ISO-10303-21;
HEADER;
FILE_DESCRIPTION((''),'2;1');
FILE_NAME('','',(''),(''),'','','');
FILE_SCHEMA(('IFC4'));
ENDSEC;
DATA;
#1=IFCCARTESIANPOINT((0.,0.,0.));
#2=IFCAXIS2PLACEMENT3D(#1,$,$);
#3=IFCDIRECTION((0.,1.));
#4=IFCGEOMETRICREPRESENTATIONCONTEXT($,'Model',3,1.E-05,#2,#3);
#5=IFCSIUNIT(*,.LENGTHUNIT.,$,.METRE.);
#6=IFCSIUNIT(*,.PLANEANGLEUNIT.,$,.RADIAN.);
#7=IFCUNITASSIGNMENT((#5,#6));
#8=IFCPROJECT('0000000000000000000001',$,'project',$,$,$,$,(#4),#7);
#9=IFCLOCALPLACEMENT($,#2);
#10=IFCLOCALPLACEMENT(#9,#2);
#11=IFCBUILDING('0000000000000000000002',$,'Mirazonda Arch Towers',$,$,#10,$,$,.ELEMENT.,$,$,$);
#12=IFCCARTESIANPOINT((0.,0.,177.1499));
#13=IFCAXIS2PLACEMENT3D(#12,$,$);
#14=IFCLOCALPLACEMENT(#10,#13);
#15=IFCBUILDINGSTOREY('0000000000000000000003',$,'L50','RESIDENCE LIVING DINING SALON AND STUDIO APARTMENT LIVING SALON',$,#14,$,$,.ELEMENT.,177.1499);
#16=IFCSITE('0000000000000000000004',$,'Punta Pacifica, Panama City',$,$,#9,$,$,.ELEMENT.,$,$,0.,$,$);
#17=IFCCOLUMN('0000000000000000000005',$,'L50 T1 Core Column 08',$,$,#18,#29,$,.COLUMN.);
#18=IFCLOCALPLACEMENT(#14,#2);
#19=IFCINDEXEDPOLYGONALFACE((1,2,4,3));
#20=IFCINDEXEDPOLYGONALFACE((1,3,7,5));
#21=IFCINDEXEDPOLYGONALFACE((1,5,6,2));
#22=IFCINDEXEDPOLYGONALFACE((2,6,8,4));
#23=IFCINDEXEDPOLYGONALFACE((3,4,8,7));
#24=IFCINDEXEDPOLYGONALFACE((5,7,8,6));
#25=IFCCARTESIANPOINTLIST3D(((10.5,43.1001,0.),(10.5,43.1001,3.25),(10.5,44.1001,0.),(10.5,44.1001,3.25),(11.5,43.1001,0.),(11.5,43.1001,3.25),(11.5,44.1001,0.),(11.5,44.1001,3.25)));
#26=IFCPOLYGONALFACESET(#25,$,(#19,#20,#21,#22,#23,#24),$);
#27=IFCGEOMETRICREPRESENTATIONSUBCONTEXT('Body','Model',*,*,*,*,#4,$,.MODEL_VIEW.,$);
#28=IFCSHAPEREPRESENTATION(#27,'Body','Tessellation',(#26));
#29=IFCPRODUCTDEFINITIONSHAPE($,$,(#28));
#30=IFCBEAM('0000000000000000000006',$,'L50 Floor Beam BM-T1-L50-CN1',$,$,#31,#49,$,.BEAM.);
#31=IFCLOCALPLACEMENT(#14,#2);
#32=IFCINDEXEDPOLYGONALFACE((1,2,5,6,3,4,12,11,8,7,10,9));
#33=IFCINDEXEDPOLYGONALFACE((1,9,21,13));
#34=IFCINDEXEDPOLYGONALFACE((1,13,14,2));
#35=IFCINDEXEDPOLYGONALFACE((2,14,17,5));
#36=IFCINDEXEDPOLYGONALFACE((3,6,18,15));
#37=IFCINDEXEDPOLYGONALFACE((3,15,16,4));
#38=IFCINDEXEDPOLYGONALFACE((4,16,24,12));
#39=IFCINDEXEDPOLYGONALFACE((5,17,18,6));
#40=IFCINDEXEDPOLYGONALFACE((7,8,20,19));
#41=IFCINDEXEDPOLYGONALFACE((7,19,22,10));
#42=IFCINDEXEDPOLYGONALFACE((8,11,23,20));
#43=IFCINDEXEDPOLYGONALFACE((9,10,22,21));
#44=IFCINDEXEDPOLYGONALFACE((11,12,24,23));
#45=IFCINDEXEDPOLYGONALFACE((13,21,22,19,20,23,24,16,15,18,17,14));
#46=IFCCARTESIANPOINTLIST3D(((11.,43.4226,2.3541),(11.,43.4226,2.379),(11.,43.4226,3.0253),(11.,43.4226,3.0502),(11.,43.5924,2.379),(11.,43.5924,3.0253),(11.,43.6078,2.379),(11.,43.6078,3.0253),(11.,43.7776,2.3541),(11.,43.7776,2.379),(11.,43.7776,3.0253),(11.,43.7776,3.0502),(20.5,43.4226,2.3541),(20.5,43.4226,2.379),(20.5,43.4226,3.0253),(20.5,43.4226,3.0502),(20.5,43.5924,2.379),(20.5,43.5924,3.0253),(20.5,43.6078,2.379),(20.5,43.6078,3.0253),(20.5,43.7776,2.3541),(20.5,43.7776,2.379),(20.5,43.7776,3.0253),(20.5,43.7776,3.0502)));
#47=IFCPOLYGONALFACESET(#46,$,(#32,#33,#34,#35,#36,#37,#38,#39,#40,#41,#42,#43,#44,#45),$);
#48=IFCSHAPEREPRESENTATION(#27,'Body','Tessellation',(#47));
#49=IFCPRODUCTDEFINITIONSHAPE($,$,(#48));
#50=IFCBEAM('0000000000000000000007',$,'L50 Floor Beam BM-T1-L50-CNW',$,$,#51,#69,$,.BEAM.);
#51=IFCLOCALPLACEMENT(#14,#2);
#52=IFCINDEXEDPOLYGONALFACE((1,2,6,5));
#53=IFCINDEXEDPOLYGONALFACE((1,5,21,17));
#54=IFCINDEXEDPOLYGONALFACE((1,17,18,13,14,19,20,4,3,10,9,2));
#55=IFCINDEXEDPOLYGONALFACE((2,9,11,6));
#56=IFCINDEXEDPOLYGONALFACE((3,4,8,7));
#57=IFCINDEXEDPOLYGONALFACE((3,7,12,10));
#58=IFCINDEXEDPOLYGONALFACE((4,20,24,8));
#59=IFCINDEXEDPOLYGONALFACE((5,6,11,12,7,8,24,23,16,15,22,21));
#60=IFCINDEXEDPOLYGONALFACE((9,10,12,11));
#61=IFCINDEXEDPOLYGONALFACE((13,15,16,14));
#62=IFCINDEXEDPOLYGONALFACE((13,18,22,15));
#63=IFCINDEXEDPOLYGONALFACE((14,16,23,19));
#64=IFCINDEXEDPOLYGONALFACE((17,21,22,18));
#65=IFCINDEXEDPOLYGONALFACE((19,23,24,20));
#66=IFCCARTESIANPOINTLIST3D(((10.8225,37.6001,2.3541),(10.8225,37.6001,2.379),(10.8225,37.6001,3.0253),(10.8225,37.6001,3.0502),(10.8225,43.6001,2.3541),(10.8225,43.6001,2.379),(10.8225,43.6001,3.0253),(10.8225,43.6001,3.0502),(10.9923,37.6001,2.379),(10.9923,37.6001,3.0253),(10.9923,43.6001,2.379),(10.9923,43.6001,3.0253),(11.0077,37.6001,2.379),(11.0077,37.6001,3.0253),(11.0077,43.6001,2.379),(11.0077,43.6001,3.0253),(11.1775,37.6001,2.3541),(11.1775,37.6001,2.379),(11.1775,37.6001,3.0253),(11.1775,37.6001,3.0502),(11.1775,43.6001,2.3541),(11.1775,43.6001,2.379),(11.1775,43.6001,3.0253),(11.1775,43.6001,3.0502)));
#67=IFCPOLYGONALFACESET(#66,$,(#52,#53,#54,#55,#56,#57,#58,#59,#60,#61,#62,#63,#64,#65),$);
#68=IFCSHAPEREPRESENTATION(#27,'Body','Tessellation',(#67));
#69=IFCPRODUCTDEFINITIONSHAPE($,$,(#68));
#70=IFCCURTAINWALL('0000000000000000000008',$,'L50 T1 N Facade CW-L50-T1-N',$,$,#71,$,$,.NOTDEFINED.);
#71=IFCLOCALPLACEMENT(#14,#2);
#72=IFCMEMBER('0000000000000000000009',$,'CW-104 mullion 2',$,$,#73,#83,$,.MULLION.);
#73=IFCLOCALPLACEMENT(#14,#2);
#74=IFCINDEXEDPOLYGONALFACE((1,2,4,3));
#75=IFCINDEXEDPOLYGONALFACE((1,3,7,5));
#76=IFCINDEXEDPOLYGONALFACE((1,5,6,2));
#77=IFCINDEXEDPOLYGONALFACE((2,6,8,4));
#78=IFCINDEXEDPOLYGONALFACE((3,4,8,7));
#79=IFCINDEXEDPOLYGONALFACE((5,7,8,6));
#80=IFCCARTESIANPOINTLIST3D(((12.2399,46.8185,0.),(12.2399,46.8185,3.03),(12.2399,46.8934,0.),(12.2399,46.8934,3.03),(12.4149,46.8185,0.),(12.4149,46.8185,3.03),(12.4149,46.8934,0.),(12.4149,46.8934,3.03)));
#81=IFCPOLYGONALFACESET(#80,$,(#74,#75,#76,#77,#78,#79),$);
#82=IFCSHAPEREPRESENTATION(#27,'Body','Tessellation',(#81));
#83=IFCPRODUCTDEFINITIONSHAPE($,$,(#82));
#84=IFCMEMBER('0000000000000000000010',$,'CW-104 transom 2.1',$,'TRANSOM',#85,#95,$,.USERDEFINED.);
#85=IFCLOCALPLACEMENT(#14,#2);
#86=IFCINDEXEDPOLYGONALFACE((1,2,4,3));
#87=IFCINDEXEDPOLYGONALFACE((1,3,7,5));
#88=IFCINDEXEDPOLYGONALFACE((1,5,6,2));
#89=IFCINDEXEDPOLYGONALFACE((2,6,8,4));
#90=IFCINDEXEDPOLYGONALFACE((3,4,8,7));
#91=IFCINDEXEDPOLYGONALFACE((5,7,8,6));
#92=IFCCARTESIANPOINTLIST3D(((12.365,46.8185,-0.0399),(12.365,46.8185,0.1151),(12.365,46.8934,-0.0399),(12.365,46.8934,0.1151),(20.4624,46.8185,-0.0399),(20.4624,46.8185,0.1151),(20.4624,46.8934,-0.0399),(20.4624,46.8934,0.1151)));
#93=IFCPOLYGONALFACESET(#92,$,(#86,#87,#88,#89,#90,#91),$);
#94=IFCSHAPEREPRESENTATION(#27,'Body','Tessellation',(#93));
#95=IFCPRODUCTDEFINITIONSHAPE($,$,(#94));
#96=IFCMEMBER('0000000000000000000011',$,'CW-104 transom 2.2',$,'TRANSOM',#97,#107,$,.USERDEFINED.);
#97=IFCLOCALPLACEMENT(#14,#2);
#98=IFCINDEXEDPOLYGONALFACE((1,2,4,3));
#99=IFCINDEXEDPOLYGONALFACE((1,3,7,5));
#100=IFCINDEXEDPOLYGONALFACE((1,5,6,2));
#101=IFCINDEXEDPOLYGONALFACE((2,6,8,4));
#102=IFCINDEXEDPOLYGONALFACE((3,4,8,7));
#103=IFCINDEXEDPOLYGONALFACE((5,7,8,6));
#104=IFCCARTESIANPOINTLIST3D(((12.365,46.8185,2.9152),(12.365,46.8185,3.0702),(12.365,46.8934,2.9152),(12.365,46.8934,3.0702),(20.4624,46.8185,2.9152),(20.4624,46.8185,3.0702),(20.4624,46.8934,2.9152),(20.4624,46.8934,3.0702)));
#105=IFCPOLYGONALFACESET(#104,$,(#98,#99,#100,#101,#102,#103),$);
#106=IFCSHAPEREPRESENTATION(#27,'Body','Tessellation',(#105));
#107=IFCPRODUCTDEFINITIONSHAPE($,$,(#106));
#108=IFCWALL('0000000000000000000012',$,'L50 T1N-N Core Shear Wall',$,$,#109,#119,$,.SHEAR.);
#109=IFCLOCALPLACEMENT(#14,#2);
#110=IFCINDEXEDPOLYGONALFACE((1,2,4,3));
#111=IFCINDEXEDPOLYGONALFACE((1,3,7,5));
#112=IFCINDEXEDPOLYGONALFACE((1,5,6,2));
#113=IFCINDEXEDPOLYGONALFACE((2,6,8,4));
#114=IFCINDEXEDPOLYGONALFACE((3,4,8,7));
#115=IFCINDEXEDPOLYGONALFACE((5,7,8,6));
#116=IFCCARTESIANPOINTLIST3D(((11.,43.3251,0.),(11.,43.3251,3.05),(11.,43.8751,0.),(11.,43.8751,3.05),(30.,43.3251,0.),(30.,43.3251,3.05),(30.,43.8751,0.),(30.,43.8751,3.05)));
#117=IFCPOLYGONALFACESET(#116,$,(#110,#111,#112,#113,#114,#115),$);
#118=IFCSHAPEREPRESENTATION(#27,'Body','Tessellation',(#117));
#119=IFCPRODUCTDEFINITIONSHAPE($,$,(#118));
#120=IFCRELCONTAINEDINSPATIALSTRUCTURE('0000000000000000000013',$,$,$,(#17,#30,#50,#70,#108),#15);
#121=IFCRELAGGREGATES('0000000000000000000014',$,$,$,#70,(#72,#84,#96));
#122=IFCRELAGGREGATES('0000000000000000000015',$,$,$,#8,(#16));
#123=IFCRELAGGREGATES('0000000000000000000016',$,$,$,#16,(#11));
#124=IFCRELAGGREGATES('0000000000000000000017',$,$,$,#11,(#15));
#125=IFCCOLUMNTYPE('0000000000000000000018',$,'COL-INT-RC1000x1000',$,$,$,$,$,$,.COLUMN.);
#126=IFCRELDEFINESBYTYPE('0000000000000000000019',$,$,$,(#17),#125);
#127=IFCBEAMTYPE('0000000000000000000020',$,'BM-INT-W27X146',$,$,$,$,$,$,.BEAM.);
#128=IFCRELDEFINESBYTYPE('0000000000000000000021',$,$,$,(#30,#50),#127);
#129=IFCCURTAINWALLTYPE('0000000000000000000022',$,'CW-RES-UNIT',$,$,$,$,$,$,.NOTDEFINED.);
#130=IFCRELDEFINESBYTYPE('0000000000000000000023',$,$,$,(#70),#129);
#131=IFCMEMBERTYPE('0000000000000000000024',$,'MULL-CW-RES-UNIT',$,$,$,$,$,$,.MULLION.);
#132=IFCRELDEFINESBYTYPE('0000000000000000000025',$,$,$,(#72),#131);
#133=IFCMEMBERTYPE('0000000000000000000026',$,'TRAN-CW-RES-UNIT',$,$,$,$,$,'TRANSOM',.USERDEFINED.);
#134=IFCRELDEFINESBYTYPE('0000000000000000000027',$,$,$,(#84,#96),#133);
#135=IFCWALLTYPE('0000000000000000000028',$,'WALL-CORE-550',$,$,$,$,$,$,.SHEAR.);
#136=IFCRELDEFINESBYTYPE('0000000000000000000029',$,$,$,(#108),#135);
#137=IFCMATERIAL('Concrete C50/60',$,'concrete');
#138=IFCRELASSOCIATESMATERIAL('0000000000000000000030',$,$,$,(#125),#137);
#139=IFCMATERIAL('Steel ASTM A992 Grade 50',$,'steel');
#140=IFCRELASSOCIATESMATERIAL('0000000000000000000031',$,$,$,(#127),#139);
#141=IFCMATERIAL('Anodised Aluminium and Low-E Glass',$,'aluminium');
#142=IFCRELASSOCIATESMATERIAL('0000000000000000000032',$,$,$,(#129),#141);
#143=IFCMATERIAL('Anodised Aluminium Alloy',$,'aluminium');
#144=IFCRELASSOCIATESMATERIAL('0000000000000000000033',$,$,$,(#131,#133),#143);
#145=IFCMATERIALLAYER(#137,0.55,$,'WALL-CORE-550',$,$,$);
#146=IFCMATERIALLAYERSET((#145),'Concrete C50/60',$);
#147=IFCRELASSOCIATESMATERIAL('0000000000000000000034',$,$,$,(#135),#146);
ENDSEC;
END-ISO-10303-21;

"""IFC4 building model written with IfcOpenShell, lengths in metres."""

from ifc_helpers import new_model, si_unit, direction, frame, frame_2d, origin, origin_2d, place, context, subcontext, project, spatial, rectangle, i_section, extrude, material, layer, layer_set, material_profile, profile_set, type_object, element, aggregate, save


model = new_model("IFC4")

# Units and contexts
model_context = context("Model", 3, precision=1e-05, world=origin(), true_north=direction((0.0, 1.0)))
body_context = subcontext(model_context, "Body", "Model", "MODEL_VIEW")
ifc_project = project(units=[si_unit("LENGTHUNIT", "METRE"), si_unit("PLANEANGLEUNIT", "RADIAN")], contexts=[model_context])

# Site, building, storey
site_placement = place(None, origin())
site = spatial("IfcSite", under=ifc_project, at=site_placement, Name="Punta Pacifica, Panama City", CompositionType="ELEMENT", RefElevation=0.0)
building_placement = place(site_placement, origin())
building = spatial("IfcBuilding", under=site, at=building_placement, Name="Mirazonda Arch Towers", CompositionType="ELEMENT")
storey_placement = place(building_placement, frame((0.0, 0.0, 177.1499)))
storey = spatial("IfcBuildingStorey", under=building, at=storey_placement, Name="L50", Description="RESIDENCE LIVING DINING SALON AND STUDIO APARTMENT LIVING SALON", CompositionType="ELEMENT", Elevation=177.1499)

# Column
ifc_material_1 = material(Name="Concrete C50/60", Category="concrete")
ifc_material_profile_1 = material_profile(ifc_material_1, rectangle(XDim=1.0, YDim=1.0, at=origin_2d()), Name="RC1000x1000")
ifc_profile_set_1 = profile_set([ifc_material_profile_1], Name="Concrete C50/60")
column_type = type_object("IfcColumnType", Name="COL-INT-RC1000x1000", PredefinedType="COLUMN", material=ifc_profile_set_1)
column_placement = place(storey_placement, frame((11.0, 43.6001, 0.0), z_axis=(0.0, 0.0, 1.0), x_axis=(1.0, 0.0, 0.0)))
element("IfcColumn", 1, at=column_placement, inside=storey, type_object=column_type, Name="L50 T1 Core Column 08", PredefinedType="COLUMN", context=body_context, shape_type="SweptSolid", body=[
    extrude(rectangle(XDim=1.0, YDim=1.0, at=origin_2d()), origin(), (0.0, 0.0, 1.0), 3.25),
])

# Beams
ifc_material_2 = material(Name="Steel ASTM A992 Grade 50", Category="steel")
ifc_material_profile_2 = material_profile(ifc_material_2, i_section(OverallWidth=0.355, OverallDepth=0.696, WebThickness=0.0154, FlangeThickness=0.0249, at=origin_2d()), Name="W27X146")
ifc_profile_set_2 = profile_set([ifc_material_profile_2], Name="Steel ASTM A992 Grade 50")
beam_type = type_object("IfcBeamType", Name="BM-INT-W27X146", PredefinedType="BEAM", material=ifc_profile_set_2)
beam_1_placement = place(storey_placement, frame((11.0, 43.6001, 2.7021), z_axis=(1.0, 0.0, 0.0), x_axis=(0.0, 1.0, 0.0)))
element("IfcBeam", 2, at=beam_1_placement, inside=storey, type_object=beam_type, Name="L50 Floor Beam BM-T1-L50-CN1", PredefinedType="BEAM", context=body_context, shape_type="SweptSolid", body=[
    extrude(i_section(OverallWidth=0.355, OverallDepth=0.696, WebThickness=0.0154, FlangeThickness=0.0249, at=origin_2d()), origin(), (0.0, 0.0, 1.0), 9.5),
])
beam_2_placement = place(storey_placement, frame((11.0, 37.6001, 2.7021), z_axis=(0.0, 1.0, 0.0), x_axis=(-1.0, 0.0, 0.0)))
element("IfcBeam", 3, at=beam_2_placement, inside=storey, type_object=beam_type, Name="L50 Floor Beam BM-T1-L50-CNW", PredefinedType="BEAM", context=body_context, shape_type="SweptSolid", body=[
    extrude(i_section(OverallWidth=0.355, OverallDepth=0.696, WebThickness=0.0154, FlangeThickness=0.0249, at=origin_2d()), origin(), (0.0, 0.0, 1.0), 6.0),
])

# Curtain wall, members
ifc_material_3 = material(Name="Anodised Aluminium and Low-E Glass", Category="aluminium")
curtain_wall_type = type_object("IfcCurtainWallType", Name="CW-RES-UNIT", PredefinedType="NOTDEFINED", material=ifc_material_3)
curtain_wall_placement = place(storey_placement, origin())
curtain_wall = element("IfcCurtainWall", 4, at=curtain_wall_placement, inside=storey, type_object=curtain_wall_type, Name="L50 T1 N Facade CW-L50-T1-N", PredefinedType="NOTDEFINED")
ifc_material_4 = material(Name="Anodised Aluminium Alloy", Category="aluminium")
ifc_material_profile_3 = material_profile(ifc_material_4, rectangle(XDim=0.075, YDim=0.175, at=origin_2d()), Name="ALU-MULL-75x175")
ifc_profile_set_3 = profile_set([ifc_material_profile_3], Name="Anodised Aluminium Alloy")
member_type_1 = type_object("IfcMemberType", Name="MULL-CW-RES-UNIT", PredefinedType="MULLION", material=ifc_profile_set_3)
member_1_placement = place(storey_placement, frame((12.3274, 46.856, 0.0), z_axis=(0.0, 0.0, 1.0), x_axis=(0.0, 1.0, 0.0)))
member_1 = element("IfcMember", 5, at=member_1_placement, type_object=member_type_1, Name="CW-104 mullion 2", PredefinedType="MULLION", context=body_context, shape_type="SweptSolid", body=[
    extrude(rectangle(XDim=0.075, YDim=0.175, at=origin_2d()), origin(), (0.0, 0.0, 1.0), 3.03),
])
ifc_material_profile_4 = material_profile(ifc_material_4, rectangle(XDim=0.075, YDim=0.155, at=origin_2d()), Name="ALU-TRAN-75x155")
ifc_profile_set_4 = profile_set([ifc_material_profile_4], Name="Anodised Aluminium Alloy")
member_type_2 = type_object("IfcMemberType", Name="TRAN-CW-RES-UNIT", ElementType="TRANSOM", PredefinedType="USERDEFINED", material=ifc_profile_set_4)
member_2_placement = place(storey_placement, frame((12.365, 46.856, 0.0376), z_axis=(1.0, 0.0, 0.0), x_axis=(0.0, 1.0, 0.0)))
member_2 = element("IfcMember", 6, at=member_2_placement, type_object=member_type_2, Name="CW-104 transom 2.1", ObjectType="TRANSOM", PredefinedType="USERDEFINED", context=body_context, shape_type="SweptSolid", body=[
    extrude(rectangle(XDim=0.075, YDim=0.155, at=origin_2d()), origin(), (0.0, 0.0, 1.0), 8.0974),
])
member_3_placement = place(storey_placement, frame((12.365, 46.856, 2.9927), z_axis=(1.0, 0.0, 0.0), x_axis=(0.0, 1.0, 0.0)))
member_3 = element("IfcMember", 7, at=member_3_placement, type_object=member_type_2, Name="CW-104 transom 2.2", ObjectType="TRANSOM", PredefinedType="USERDEFINED", context=body_context, shape_type="SweptSolid", body=[
    extrude(rectangle(XDim=0.075, YDim=0.155, at=origin_2d()), origin(), (0.0, 0.0, 1.0), 8.0974),
])
aggregate(curtain_wall, [member_1, member_2, member_3])

# Wall
ifc_layer_1 = layer(ifc_material_1, 0.55, Name="WALL-CORE-550")
ifc_layer_set_1 = layer_set([ifc_layer_1], Name="Concrete C50/60")
wall_type_1 = type_object("IfcWallType", Name="WALL-CORE-550", PredefinedType="SHEAR", material=ifc_layer_set_1)
wall_1_placement = place(storey_placement, frame((11.0, 43.6001, 0.0), z_axis=(0.0, 0.0, 1.0), x_axis=(1.0, 0.0, 0.0)))
element("IfcWall", 8, at=wall_1_placement, inside=storey, type_object=wall_type_1, Name="L50 T1N-N Core Shear Wall", PredefinedType="SHEAR", context=body_context, shape_type="SweptSolid", body=[
    extrude(rectangle(XDim=19.0, YDim=0.55, at=frame_2d((9.5, 0.0))), origin(), (0.0, 0.0, 1.0), 3.05),
])

save(model, "model.ifc")
